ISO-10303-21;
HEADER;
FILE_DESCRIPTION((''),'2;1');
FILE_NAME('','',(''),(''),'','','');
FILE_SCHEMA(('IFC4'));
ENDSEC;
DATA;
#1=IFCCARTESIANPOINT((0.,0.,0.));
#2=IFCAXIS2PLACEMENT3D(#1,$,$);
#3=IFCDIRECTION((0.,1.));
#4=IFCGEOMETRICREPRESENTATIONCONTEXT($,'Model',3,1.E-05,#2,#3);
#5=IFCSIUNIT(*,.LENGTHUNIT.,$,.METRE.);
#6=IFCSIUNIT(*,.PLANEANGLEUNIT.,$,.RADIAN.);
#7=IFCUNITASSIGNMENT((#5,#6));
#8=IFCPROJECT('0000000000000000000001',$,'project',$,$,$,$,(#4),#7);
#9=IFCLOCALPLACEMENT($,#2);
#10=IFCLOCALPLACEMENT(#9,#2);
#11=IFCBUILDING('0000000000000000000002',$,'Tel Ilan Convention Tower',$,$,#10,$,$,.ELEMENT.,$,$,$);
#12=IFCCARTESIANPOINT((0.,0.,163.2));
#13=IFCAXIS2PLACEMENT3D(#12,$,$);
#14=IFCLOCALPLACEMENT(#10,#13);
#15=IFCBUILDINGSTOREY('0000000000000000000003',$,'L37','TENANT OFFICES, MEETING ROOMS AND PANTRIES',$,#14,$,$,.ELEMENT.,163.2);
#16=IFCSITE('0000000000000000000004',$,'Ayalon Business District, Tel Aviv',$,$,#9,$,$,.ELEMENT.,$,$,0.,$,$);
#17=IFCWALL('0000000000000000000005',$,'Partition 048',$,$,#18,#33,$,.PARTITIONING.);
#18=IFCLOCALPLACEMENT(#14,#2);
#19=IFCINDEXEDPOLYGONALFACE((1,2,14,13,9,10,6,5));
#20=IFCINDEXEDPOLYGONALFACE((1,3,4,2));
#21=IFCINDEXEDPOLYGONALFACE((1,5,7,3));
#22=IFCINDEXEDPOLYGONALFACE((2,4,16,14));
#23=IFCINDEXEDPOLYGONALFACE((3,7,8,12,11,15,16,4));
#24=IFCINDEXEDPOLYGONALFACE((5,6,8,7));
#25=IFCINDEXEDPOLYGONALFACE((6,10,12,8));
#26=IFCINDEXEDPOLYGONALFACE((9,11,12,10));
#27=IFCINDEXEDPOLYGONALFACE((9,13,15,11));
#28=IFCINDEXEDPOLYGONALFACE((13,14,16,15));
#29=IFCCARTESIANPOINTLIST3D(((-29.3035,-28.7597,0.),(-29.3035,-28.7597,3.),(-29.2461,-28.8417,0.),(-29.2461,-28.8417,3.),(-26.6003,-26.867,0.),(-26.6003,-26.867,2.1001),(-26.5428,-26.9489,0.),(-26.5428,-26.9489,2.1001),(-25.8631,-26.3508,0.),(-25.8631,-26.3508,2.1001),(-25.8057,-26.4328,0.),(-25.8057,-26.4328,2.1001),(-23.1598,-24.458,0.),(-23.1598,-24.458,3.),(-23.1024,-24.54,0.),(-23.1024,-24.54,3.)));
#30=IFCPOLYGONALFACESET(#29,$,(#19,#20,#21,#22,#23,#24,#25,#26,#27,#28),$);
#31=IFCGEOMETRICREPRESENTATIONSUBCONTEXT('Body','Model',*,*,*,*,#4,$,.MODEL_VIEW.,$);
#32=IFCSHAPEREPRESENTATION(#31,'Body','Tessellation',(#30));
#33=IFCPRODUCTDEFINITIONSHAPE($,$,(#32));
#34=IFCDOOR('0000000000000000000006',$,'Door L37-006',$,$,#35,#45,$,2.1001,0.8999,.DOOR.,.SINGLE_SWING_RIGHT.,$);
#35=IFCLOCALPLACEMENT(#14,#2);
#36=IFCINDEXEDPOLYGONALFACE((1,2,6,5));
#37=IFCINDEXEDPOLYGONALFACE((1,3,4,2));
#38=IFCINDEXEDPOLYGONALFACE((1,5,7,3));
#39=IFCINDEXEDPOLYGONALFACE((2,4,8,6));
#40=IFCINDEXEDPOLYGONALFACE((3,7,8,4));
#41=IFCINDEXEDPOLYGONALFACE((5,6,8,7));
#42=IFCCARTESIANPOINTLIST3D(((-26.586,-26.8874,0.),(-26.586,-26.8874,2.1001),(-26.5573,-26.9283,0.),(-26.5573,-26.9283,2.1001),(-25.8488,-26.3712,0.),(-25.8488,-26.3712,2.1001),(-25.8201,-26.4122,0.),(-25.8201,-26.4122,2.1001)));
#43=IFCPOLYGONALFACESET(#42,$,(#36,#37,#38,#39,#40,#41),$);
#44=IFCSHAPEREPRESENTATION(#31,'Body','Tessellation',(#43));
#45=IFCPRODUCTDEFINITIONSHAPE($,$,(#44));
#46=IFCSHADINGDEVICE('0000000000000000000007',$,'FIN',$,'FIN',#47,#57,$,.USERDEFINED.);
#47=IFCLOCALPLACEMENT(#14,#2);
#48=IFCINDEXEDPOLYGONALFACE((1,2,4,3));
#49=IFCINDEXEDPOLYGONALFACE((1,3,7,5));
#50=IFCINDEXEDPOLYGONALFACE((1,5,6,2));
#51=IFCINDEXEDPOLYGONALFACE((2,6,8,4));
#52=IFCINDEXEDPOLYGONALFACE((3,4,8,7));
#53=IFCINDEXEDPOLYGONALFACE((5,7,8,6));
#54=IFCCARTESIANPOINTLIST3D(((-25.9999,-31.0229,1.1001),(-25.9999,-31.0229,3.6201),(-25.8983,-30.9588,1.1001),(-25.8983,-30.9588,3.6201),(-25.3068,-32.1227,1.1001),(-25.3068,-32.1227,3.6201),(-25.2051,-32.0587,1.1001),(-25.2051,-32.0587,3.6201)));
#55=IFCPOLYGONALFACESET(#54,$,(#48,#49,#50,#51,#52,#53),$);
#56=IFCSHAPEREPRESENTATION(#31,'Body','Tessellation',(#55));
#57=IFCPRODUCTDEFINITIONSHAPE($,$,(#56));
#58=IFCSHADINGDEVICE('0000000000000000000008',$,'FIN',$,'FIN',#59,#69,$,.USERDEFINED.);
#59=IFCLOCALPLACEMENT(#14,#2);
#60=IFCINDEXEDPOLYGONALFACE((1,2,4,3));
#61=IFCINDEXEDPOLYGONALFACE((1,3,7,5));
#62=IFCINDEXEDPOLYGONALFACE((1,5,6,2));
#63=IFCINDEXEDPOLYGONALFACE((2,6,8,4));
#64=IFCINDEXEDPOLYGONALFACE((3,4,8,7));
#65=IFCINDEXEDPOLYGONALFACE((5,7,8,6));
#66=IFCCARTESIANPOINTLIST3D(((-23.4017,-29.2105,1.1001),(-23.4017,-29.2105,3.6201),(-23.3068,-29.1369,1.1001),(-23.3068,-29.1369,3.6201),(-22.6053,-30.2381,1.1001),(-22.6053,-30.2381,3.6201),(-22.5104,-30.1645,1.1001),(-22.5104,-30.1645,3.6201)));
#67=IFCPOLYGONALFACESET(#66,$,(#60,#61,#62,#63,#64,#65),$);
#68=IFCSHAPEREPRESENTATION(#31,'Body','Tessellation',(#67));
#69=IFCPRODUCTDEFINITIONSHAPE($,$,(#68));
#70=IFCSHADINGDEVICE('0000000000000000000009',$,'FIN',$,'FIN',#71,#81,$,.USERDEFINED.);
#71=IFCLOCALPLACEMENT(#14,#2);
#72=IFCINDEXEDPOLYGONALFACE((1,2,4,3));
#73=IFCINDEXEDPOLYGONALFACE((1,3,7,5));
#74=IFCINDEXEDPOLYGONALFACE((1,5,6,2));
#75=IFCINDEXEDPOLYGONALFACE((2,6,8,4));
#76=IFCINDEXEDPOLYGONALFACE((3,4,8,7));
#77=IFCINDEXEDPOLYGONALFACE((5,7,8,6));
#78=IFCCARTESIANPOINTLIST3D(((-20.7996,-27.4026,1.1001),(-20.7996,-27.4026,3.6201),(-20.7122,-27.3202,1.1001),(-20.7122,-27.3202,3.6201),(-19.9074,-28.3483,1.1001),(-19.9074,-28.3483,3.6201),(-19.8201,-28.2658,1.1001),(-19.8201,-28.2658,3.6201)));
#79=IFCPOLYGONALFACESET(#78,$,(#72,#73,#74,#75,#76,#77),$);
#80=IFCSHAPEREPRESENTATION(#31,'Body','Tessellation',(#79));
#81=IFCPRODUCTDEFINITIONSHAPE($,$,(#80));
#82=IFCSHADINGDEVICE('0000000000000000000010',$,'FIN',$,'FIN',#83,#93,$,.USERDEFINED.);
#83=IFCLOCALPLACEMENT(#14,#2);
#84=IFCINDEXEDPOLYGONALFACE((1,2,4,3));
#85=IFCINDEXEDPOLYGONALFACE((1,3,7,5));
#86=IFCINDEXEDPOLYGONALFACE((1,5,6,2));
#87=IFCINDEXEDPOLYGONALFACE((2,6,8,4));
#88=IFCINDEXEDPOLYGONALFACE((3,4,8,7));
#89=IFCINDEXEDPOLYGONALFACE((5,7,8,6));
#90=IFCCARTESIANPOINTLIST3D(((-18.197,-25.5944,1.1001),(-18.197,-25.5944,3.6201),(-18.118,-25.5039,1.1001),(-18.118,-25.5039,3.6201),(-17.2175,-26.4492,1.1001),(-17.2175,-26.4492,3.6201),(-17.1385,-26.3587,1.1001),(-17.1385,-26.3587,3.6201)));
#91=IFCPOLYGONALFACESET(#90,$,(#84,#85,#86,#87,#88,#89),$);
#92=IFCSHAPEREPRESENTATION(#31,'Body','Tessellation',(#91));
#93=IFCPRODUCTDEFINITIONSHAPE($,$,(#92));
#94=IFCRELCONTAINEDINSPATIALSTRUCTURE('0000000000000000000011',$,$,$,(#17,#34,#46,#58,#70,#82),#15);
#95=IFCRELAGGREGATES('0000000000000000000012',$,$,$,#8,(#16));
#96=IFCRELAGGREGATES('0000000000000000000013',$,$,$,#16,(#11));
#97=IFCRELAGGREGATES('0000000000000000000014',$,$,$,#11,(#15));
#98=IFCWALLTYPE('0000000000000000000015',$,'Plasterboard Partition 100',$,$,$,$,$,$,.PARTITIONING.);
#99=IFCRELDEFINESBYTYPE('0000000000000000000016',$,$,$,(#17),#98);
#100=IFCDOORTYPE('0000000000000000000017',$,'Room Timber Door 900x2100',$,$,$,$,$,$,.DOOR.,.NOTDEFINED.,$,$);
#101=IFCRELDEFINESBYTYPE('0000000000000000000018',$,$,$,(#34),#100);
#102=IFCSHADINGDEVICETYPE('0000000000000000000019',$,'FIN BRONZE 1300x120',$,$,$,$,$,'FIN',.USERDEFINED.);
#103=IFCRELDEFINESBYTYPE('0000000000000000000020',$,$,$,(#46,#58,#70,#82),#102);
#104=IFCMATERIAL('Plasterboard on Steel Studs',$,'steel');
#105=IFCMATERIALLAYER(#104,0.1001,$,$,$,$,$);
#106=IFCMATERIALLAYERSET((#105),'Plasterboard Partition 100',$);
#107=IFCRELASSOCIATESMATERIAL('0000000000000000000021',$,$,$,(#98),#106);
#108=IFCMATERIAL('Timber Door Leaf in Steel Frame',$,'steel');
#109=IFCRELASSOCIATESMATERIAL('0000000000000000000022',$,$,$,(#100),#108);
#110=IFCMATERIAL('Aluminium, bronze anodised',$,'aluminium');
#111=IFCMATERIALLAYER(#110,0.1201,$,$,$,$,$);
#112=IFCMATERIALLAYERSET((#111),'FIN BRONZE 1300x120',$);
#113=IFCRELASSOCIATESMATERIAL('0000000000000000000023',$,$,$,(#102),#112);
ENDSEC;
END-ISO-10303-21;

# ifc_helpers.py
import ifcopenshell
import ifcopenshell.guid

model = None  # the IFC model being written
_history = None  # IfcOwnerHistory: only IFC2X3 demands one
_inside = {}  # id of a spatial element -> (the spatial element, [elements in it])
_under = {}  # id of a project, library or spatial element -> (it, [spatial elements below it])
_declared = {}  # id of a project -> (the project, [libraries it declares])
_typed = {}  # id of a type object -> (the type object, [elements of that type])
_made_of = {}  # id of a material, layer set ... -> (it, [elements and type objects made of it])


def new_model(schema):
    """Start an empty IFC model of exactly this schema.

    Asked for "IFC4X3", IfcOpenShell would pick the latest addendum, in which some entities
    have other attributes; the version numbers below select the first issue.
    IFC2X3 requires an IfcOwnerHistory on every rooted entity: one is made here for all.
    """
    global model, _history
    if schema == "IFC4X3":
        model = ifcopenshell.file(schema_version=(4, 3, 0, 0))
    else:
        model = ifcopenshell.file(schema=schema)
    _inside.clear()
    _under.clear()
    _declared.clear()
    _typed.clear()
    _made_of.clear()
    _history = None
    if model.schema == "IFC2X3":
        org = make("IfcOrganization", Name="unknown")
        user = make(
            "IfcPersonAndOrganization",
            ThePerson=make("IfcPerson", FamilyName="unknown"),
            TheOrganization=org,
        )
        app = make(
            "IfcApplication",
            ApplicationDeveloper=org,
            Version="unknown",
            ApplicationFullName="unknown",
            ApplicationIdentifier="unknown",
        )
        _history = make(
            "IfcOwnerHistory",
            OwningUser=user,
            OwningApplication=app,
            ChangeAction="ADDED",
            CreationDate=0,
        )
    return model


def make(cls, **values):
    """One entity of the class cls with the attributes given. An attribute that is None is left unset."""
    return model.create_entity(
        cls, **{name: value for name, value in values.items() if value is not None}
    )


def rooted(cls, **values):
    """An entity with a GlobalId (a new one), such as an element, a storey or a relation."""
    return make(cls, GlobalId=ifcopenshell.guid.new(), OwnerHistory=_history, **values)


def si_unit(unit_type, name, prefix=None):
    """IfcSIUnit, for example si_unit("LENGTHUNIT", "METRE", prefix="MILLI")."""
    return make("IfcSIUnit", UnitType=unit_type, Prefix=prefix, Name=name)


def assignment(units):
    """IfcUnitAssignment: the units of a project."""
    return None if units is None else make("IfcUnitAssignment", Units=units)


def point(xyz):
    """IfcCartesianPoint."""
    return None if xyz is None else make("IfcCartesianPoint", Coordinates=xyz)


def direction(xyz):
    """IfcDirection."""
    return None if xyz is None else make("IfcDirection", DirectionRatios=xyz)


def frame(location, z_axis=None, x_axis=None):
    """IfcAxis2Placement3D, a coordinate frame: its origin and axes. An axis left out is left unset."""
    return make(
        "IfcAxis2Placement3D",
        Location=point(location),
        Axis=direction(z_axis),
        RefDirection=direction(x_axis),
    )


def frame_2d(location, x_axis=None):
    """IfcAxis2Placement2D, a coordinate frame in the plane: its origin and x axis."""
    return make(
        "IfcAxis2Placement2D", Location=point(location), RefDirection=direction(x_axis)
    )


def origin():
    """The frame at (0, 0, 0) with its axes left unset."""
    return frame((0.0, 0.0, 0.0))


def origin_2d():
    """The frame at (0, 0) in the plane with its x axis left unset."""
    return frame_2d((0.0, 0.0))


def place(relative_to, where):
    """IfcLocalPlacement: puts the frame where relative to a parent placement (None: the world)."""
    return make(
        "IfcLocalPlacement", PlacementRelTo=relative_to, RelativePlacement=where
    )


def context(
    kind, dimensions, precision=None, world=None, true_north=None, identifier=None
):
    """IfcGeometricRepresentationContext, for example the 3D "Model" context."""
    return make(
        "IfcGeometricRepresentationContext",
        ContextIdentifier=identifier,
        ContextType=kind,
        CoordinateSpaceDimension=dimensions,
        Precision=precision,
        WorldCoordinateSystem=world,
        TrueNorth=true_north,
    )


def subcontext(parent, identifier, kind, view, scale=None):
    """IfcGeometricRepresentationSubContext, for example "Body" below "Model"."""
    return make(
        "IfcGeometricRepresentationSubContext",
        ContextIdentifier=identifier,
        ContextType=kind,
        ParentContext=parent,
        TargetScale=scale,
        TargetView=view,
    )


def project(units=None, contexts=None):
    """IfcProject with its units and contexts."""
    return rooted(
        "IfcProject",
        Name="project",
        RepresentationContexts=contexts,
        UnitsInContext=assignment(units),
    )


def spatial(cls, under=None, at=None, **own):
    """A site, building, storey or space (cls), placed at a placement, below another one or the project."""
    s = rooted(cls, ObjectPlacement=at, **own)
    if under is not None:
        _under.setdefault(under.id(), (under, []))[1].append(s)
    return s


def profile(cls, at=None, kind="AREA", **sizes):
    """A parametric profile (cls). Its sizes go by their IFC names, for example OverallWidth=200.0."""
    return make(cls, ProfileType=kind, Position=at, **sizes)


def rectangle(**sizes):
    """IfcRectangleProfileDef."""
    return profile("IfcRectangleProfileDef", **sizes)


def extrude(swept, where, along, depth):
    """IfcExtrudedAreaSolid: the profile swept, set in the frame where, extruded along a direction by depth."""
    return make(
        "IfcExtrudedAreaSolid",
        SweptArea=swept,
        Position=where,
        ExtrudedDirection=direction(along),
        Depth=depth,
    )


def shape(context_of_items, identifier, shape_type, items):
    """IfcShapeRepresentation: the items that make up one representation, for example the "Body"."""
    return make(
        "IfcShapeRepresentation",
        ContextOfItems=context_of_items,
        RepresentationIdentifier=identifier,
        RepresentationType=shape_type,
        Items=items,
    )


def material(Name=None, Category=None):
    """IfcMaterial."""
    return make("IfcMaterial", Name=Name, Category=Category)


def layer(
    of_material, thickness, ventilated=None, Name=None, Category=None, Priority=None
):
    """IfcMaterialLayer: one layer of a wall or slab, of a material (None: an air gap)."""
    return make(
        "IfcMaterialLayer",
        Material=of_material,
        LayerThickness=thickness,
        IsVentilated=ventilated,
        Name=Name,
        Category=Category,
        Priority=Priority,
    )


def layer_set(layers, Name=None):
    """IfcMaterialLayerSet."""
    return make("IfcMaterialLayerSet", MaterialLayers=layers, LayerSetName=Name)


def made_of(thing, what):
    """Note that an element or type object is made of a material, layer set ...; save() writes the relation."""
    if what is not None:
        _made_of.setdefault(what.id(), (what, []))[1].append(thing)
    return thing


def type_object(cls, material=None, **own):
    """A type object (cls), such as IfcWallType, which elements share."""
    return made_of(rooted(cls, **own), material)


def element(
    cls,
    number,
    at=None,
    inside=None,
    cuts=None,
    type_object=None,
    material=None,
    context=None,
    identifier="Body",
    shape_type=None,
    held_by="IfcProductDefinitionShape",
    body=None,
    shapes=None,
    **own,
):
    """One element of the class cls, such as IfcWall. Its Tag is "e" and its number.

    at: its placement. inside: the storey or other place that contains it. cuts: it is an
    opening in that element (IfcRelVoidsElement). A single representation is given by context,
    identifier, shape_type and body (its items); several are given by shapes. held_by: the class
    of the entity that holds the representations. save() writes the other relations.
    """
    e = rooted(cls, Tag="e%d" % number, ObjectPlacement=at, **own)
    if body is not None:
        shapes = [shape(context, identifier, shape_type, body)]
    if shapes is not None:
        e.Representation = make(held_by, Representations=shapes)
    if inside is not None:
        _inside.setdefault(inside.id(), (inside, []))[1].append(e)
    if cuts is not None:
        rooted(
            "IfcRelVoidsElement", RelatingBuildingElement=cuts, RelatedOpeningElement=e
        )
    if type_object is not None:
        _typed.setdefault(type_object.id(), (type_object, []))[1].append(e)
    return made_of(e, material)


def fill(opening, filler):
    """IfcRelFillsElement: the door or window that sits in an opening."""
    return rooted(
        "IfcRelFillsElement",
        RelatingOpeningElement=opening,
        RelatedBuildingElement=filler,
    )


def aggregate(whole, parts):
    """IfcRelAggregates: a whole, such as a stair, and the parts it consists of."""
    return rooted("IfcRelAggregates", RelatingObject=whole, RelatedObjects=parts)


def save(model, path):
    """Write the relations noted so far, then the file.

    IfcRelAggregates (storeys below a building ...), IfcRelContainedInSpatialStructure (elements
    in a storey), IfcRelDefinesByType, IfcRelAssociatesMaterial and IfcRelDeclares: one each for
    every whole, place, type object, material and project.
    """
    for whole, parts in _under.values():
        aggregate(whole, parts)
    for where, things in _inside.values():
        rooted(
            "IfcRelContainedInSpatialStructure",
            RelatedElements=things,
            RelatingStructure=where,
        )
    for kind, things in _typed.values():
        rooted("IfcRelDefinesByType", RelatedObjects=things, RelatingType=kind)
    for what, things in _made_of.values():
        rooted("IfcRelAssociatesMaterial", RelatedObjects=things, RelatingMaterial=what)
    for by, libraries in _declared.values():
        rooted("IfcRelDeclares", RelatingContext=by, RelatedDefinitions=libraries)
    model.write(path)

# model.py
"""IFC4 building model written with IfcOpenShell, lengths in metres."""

from ifc_helpers import new_model, si_unit, direction, frame, frame_2d, origin, origin_2d, place, context, subcontext, project, spatial, rectangle, extrude, material, layer, layer_set, type_object, element, fill, save


model = new_model("IFC4")

# Units and contexts
model_context = context("Model", 3, precision=1e-05, world=origin(), true_north=direction((0.0, 1.0)))
body_context = subcontext(model_context, "Body", "Model", "MODEL_VIEW")
ifc_project = project(units=[si_unit("LENGTHUNIT", "METRE"), si_unit("PLANEANGLEUNIT", "RADIAN")], contexts=[model_context])

# Site, building, storey
site_placement = place(None, origin())
site = spatial("IfcSite", under=ifc_project, at=site_placement, Name="Ayalon Business District, Tel Aviv", CompositionType="ELEMENT", RefElevation=0.0)
building_placement = place(site_placement, origin())
building = spatial("IfcBuilding", under=site, at=building_placement, Name="Tel Ilan Convention Tower", CompositionType="ELEMENT")
storey_placement = place(building_placement, frame((0.0, 0.0, 163.2)))
storey = spatial("IfcBuildingStorey", under=building, at=storey_placement, Name="L37", Description="TENANT OFFICES, MEETING ROOMS AND PANTRIES", CompositionType="ELEMENT", Elevation=163.2)

# Wall, opening, door
ifc_material_1 = material(Name="Plasterboard on Steel Studs", Category="steel")
ifc_layer_1 = layer(ifc_material_1, 0.1001)
ifc_layer_set_1 = layer_set([ifc_layer_1], Name="Plasterboard Partition 100")
wall_type_1 = type_object("IfcWallType", Name="Plasterboard Partition 100", PredefinedType="PARTITIONING", material=ifc_layer_set_1)
wall_1_placement = place(storey_placement, frame((-23.1311, -24.499, 0.0), z_axis=(0.0, 0.0, 1.0), x_axis=(-0.819163, -0.573561, 0.0)))
wall_1 = element("IfcWall", 1, at=wall_1_placement, inside=storey, type_object=wall_type_1, Name="Partition 048", PredefinedType="PARTITIONING", context=body_context, shape_type="SweptSolid", body=[
    extrude(rectangle(XDim=7.5, YDim=0.1001, at=frame_2d((3.75, 0.0))), origin(), (0.0, 0.0, 1.0), 3.0),
])
opening_1_placement = place(wall_1_placement, frame((3.3, 0.0, 0.0)))
opening_1 = element("IfcOpeningElement", 2, at=opening_1_placement, cuts=wall_1, PredefinedType="OPENING", context=body_context, shape_type="SweptSolid", body=[
    extrude(rectangle(XDim=0.8999, YDim=2.1001, at=frame_2d((0.45, 1.05))), frame((0.0, 0.0601, 0.0), z_axis=(0.0, -1.0, 0.0), x_axis=(1.0, 0.0, 0.0)), (0.0, 0.0, 1.0), 0.1201),
])
ifc_material_2 = material(Name="Timber Door Leaf in Steel Frame", Category="steel")
door_type_1 = type_object("IfcDoorType", Name="Room Timber Door 900x2100", OperationType="NOTDEFINED", PredefinedType="DOOR", material=ifc_material_2)
door_1_placement = place(opening_1_placement, origin())
door_1 = element("IfcDoor", 3, at=door_1_placement, inside=storey, type_object=door_type_1, Name="Door L37-006", OperationType="SINGLE_SWING_RIGHT", OverallHeight=2.1001, OverallWidth=0.8999, PredefinedType="DOOR", context=body_context, shape_type="SweptSolid", body=[
    extrude(rectangle(XDim=0.8999, YDim=2.1001, at=frame_2d((0.45, 1.05))), frame((0.0, 0.0249, 0.0), z_axis=(0.0, -1.0, 0.0), x_axis=(1.0, 0.0, 0.0)), (0.0, 0.0, 1.0), 0.05),
])
fill(opening_1, door_1)

# Shading devices
ifc_material_3 = material(Name="Aluminium, bronze anodised", Category="aluminium")
ifc_layer_2 = layer(ifc_material_3, 0.1201)
ifc_layer_set_2 = layer_set([ifc_layer_2], Name="FIN BRONZE 1300x120")
shading_device_type = type_object("IfcShadingDeviceType", Name="FIN BRONZE 1300x120", ElementType="FIN", PredefinedType="USERDEFINED", material=ifc_layer_set_2)
for number, where, z_axis, x_axis, name in (
    (4, (-25.6025, -31.5408, 1.1001), (0.0, 0.0, 1.0), (0.533204, -0.845986, 0.0), "FIN"),
    (5, (-22.9561, -29.6875, 1.1001), (0.0, 0.0, 1.0), (0.612601, -0.790393, 0.0), "FIN"),
    (6, (-20.3098, -27.8342, 1.1001), (0.0, 0.0, 1.0), (0.686242, -0.727374, 0.0), "FIN"),
    (7, (-17.6677, -25.9766, 1.1001), (0.0, 0.0, 1.0), (0.753436, -0.657521, 0.0), "FIN"),
):
    element("IfcShadingDevice", number, at=place(storey_placement, frame(where, z_axis=z_axis, x_axis=x_axis)), inside=storey, type_object=shading_device_type, Name=name, ObjectType="FIN", PredefinedType="USERDEFINED", context=body_context, shape_type="SweptSolid", body=[
        extrude(rectangle(XDim=1.3, YDim=0.1201, at=origin_2d()), origin(), (0.0, 0.0, 1.0), 2.52),
    ])

save(model, "model.ifc")
